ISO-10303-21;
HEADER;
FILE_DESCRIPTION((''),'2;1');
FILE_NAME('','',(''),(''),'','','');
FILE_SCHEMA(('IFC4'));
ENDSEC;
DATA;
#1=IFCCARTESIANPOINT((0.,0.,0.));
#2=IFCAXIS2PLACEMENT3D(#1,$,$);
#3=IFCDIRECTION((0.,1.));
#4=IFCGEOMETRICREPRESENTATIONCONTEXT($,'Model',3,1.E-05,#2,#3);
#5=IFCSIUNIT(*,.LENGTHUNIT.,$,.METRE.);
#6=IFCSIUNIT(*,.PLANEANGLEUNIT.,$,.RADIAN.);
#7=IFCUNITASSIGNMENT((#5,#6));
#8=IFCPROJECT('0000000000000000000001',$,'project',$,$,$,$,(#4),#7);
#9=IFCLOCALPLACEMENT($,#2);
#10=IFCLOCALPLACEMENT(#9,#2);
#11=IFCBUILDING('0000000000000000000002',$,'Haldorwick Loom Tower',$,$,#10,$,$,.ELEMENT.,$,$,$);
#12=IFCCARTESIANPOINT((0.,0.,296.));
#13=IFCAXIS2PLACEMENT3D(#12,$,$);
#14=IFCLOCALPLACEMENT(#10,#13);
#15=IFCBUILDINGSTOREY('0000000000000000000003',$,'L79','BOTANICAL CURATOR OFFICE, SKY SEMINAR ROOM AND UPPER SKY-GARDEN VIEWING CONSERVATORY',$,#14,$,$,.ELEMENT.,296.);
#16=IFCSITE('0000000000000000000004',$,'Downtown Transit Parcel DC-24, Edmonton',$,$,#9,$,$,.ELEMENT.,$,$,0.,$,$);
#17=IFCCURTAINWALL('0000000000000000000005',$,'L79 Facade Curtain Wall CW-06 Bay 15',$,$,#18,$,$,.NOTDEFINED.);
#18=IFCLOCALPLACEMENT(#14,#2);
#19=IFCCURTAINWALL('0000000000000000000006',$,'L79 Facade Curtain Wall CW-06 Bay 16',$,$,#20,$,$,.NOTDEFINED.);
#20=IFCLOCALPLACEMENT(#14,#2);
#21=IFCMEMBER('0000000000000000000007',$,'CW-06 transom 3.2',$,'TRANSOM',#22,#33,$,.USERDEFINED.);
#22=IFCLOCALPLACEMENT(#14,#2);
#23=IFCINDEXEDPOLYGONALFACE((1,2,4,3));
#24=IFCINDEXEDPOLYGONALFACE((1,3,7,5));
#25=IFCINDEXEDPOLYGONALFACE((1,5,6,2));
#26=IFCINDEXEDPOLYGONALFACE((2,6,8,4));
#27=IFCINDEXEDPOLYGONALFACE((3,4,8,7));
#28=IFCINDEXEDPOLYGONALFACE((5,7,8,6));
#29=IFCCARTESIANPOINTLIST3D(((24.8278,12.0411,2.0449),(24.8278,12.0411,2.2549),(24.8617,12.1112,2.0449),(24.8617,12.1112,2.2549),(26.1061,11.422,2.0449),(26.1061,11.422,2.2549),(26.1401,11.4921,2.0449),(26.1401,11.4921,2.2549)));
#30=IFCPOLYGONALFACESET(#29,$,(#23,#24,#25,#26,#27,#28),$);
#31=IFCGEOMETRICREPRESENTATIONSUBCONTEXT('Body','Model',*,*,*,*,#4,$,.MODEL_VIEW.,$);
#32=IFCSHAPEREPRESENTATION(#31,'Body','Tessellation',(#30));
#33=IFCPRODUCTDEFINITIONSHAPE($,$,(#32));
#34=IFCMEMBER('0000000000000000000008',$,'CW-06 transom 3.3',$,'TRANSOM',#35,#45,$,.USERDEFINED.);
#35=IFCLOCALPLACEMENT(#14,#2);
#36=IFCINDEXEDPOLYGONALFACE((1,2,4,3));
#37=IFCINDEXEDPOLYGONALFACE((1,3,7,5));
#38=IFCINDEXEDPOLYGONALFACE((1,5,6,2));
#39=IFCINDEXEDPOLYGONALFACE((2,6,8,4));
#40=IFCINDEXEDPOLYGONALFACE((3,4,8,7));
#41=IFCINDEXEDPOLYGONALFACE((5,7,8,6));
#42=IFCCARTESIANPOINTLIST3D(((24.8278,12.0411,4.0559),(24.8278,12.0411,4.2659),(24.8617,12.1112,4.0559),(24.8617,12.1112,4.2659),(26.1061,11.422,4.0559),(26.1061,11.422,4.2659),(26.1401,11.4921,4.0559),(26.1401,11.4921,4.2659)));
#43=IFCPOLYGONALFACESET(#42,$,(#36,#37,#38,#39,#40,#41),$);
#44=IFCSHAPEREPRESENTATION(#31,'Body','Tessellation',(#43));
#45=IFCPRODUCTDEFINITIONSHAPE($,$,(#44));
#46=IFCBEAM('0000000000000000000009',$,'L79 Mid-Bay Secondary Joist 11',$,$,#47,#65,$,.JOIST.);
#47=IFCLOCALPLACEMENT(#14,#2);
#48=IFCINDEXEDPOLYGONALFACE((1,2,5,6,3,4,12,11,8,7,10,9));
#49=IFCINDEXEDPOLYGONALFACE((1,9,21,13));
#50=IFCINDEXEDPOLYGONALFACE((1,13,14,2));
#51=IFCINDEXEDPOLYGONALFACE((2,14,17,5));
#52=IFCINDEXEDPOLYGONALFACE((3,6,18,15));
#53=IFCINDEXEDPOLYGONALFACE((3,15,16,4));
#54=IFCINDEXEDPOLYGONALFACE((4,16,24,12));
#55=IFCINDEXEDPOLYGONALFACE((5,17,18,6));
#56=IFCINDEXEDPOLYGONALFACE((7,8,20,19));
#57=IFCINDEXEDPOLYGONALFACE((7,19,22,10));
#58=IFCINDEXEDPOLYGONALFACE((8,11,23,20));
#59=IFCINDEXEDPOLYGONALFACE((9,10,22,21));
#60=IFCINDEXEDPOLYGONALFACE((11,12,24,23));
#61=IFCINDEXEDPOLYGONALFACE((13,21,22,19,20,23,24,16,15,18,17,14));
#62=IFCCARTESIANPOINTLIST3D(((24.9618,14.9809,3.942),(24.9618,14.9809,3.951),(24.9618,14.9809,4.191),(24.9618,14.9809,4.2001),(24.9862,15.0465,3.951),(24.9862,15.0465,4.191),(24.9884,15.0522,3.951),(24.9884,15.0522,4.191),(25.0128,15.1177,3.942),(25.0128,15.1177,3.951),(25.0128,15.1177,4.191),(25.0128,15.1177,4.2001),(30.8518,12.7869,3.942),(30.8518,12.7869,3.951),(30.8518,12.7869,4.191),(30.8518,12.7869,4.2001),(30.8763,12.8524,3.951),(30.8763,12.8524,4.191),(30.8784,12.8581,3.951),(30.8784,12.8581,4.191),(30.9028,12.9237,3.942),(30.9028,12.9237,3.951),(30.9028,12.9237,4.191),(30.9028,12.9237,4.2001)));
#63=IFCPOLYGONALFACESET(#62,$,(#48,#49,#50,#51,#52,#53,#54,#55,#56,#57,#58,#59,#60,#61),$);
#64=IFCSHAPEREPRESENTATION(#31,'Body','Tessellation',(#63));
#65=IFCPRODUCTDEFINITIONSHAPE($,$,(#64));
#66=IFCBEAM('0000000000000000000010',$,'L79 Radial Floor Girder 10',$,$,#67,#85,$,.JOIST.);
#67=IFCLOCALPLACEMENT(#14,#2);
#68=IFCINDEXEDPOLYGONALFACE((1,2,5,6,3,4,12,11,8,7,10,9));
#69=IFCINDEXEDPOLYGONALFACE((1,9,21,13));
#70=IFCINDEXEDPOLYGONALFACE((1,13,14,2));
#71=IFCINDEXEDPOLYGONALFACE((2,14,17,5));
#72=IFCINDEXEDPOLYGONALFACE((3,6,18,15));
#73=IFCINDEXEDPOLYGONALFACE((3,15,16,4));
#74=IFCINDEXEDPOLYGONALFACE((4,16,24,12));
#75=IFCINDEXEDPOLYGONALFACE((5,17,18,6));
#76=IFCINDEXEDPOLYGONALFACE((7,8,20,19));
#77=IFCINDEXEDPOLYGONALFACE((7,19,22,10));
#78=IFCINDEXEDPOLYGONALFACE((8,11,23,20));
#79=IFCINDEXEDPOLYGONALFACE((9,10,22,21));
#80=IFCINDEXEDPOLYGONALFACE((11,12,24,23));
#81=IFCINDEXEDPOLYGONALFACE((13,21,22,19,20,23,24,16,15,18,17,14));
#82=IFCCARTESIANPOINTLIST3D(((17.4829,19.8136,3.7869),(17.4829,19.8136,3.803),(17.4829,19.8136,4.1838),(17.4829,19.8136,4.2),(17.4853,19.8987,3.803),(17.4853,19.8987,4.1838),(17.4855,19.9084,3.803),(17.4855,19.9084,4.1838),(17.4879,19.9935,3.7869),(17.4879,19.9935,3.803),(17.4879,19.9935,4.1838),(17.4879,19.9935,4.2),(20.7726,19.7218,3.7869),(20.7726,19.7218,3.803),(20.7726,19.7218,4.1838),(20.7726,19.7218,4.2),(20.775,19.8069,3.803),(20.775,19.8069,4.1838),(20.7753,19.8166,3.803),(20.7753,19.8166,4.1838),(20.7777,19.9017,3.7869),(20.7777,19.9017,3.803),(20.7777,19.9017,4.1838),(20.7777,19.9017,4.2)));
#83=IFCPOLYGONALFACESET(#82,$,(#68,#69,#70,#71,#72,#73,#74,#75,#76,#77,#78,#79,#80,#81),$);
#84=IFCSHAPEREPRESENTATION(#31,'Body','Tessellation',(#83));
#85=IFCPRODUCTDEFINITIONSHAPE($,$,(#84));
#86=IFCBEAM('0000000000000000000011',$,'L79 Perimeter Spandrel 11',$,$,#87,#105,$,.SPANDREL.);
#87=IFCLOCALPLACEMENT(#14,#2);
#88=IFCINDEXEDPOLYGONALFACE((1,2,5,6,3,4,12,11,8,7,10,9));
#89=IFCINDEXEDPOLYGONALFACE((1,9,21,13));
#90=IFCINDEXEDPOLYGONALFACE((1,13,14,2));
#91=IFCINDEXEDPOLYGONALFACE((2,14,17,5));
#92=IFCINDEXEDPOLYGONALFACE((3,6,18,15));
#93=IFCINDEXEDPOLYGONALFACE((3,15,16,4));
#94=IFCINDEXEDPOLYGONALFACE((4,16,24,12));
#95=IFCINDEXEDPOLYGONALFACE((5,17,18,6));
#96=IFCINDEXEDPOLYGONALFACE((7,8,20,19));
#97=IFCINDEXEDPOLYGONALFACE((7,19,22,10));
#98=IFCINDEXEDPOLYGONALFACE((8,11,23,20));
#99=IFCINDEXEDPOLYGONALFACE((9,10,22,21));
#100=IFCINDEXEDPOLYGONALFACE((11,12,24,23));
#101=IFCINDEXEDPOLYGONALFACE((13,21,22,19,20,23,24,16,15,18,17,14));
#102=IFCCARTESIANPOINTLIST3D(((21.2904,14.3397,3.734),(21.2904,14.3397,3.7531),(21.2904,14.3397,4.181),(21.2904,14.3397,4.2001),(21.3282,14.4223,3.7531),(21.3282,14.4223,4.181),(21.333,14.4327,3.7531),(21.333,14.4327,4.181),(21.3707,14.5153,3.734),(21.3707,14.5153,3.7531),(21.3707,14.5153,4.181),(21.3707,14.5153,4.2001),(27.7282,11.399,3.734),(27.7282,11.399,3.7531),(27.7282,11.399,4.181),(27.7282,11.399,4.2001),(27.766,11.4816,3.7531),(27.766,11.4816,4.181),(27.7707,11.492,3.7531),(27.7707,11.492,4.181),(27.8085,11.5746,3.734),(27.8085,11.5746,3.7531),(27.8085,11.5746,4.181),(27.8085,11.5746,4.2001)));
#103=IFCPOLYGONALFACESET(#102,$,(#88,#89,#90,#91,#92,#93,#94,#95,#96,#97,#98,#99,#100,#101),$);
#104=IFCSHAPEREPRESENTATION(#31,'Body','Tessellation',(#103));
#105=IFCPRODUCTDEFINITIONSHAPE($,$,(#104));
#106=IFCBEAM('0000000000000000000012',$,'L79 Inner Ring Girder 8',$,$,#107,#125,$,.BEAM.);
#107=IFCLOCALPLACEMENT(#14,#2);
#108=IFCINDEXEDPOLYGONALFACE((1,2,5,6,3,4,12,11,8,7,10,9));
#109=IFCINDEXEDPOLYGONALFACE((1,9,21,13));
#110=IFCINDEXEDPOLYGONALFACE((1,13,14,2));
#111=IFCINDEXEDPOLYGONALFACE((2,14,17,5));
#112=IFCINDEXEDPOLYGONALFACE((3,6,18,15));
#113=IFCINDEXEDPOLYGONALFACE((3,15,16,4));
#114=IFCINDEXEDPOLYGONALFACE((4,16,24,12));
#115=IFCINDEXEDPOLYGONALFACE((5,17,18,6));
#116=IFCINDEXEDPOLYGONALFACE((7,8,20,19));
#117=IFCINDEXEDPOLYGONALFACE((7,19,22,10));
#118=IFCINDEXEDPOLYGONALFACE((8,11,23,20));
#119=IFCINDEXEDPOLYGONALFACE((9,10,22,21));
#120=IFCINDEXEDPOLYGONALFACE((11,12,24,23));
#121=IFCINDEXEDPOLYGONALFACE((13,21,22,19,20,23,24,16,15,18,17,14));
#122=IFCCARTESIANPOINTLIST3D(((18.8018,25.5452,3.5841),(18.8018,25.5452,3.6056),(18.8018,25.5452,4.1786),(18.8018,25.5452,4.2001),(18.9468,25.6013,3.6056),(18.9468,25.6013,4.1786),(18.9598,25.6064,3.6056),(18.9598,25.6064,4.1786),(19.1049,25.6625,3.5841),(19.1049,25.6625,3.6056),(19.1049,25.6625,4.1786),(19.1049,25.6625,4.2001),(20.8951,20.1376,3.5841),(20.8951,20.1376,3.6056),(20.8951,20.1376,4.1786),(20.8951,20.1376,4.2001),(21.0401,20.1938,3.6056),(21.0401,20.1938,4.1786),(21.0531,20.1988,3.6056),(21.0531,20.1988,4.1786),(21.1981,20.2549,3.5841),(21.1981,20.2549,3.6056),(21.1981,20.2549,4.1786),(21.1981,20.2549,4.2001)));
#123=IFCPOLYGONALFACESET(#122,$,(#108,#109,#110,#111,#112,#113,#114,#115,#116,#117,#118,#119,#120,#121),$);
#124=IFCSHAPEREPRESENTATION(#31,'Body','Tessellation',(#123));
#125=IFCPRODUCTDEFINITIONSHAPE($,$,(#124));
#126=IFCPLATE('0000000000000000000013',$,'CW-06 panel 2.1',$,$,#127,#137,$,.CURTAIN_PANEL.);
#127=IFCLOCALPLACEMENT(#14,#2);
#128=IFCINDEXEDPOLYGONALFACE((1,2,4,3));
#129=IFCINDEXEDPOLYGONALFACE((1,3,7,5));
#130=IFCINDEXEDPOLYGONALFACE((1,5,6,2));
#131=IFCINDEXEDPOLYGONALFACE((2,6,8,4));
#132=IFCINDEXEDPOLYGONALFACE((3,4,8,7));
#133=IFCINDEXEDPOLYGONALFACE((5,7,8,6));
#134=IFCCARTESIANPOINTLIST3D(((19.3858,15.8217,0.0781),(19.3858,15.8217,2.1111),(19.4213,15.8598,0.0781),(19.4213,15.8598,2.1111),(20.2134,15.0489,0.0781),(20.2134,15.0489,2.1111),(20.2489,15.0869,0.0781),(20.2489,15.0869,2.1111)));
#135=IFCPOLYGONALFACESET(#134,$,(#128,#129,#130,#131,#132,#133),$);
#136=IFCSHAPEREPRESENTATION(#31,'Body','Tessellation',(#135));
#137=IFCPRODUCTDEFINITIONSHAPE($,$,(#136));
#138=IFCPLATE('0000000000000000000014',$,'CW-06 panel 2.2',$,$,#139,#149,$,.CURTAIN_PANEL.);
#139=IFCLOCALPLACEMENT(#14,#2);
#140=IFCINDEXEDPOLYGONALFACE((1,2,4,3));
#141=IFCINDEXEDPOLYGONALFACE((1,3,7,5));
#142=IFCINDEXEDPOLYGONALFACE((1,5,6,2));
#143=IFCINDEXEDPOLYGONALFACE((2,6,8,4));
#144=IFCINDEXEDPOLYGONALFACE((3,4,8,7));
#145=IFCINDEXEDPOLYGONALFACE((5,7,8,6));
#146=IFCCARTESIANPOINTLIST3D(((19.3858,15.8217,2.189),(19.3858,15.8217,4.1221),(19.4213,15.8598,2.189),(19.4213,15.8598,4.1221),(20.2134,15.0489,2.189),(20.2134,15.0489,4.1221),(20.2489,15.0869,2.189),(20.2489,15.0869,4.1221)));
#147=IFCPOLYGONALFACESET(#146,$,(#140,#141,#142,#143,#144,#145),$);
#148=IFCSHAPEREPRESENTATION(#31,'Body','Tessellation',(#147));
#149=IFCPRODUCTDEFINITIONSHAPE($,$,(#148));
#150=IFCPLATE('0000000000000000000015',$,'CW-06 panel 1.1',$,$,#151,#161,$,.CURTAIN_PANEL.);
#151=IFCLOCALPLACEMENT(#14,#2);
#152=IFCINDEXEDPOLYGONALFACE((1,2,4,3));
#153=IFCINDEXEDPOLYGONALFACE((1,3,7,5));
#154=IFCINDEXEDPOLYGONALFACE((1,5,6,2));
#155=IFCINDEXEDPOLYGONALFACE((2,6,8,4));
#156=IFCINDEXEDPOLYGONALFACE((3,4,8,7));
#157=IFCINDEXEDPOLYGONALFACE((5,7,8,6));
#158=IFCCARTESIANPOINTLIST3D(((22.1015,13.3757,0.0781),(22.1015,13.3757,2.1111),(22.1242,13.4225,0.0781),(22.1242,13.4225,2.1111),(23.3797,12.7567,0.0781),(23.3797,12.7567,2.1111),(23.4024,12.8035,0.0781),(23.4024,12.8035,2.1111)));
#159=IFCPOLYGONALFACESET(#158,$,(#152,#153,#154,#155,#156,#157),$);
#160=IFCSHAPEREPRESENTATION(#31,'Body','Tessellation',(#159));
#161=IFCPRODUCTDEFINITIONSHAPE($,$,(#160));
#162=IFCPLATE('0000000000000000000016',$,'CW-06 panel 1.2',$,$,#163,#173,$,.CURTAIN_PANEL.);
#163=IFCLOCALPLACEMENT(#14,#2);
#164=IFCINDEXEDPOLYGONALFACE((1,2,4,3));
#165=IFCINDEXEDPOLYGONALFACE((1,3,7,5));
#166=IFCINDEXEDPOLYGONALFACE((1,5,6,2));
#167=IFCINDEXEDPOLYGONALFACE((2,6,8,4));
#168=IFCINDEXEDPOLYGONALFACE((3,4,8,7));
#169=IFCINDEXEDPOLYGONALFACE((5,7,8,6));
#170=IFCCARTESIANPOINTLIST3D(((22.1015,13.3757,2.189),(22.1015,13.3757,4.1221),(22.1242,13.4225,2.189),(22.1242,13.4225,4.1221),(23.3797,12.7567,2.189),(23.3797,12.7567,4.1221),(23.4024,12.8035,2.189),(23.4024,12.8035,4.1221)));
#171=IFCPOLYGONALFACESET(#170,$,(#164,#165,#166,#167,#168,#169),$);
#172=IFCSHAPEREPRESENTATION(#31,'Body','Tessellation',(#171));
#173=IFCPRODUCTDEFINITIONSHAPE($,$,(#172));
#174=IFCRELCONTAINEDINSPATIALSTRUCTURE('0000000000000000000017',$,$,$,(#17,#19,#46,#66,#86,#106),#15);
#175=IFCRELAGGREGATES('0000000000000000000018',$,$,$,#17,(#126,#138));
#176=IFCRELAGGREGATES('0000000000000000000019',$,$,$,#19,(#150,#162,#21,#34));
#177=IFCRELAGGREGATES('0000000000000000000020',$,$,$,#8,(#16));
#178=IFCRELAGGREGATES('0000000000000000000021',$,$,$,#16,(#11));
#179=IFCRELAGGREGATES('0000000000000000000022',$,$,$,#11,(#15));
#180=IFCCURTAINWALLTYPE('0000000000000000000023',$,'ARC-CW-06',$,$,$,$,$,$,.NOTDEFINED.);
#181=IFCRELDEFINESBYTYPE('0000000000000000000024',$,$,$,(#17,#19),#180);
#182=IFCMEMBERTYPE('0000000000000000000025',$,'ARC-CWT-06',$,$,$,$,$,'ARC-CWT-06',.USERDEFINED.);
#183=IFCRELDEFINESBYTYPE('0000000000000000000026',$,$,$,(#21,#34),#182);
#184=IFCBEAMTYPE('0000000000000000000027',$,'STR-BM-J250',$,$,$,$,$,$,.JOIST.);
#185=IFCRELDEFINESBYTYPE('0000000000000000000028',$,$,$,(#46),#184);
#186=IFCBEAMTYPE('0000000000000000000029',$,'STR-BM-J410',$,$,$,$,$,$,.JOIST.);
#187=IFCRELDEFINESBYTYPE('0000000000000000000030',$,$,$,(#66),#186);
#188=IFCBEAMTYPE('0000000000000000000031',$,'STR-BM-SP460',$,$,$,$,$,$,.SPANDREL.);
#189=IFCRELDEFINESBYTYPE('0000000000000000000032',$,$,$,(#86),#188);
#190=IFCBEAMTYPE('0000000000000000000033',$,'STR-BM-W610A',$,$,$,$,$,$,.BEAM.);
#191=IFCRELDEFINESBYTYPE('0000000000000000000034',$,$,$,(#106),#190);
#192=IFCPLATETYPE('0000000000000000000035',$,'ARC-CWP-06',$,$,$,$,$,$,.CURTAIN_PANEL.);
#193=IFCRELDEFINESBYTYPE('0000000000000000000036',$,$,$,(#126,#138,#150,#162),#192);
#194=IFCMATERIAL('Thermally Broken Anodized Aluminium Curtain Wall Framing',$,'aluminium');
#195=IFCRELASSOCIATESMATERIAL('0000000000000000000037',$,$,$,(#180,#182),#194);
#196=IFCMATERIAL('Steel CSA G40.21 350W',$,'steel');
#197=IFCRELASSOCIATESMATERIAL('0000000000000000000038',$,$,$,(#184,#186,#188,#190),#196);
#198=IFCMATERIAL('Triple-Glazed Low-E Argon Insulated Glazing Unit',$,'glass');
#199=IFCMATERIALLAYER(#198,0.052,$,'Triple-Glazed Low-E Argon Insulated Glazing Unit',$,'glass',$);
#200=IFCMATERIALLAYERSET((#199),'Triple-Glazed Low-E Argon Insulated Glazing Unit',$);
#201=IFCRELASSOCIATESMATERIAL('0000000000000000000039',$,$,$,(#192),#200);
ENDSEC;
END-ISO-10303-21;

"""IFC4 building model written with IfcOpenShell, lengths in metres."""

from ifc_helpers import new_model, si_unit, direction, frame, origin, origin_2d, place, context, subcontext, project, spatial, rectangle, i_section, extrude, material, layer, layer_set, material_profile, profile_set, type_object, element, aggregate, save


model = new_model("IFC4")

# Units and contexts
model_context = context("Model", 3, precision=1e-05, world=origin(), true_north=direction((0.0, 1.0)))
body_context = subcontext(model_context, "Body", "Model", "MODEL_VIEW")
ifc_project = project(units=[si_unit("LENGTHUNIT", "METRE"), si_unit("PLANEANGLEUNIT", "RADIAN")], contexts=[model_context])

# Site, building, storey
site_placement = place(None, origin())
site = spatial("IfcSite", under=ifc_project, at=site_placement, Name="Downtown Transit Parcel DC-24, Edmonton", CompositionType="ELEMENT", RefElevation=0.0)
building_placement = place(site_placement, origin())
building = spatial("IfcBuilding", under=site, at=building_placement, Name="Haldorwick Loom Tower", CompositionType="ELEMENT")
storey_placement = place(building_placement, frame((0.0, 0.0, 296.0)))
storey = spatial("IfcBuildingStorey", under=building, at=storey_placement, Name="L79", Description="BOTANICAL CURATOR OFFICE, SKY SEMINAR ROOM AND UPPER SKY-GARDEN VIEWING CONSERVATORY", CompositionType="ELEMENT", Elevation=296.0)

# Shared definitions
ifc_material_1 = material(Name="Steel CSA G40.21 350W", Category="steel")

# Curtain wall
ifc_material_2 = material(Name="Thermally Broken Anodized Aluminium Curtain Wall Framing", Category="aluminium")
curtain_wall_type = type_object("IfcCurtainWallType", Name="ARC-CW-06", PredefinedType="NOTDEFINED", material=ifc_material_2)
curtain_wall_1_placement = place(storey_placement, origin())
curtain_wall_1 = element("IfcCurtainWall", 1, at=curtain_wall_1_placement, inside=storey, type_object=curtain_wall_type, Name="L79 Facade Curtain Wall CW-06 Bay 15", PredefinedType="NOTDEFINED")

# Curtain wall, members
curtain_wall_2_placement = place(storey_placement, origin())
curtain_wall_2 = element("IfcCurtainWall", 2, at=curtain_wall_2_placement, inside=storey, type_object=curtain_wall_type, Name="L79 Facade Curtain Wall CW-06 Bay 16", PredefinedType="NOTDEFINED")
ifc_material_profile_1 = material_profile(ifc_material_2, rectangle(XDim=0.0779, YDim=0.21, at=origin_2d()), Name="ALU_TRN_78X210", Category="aluminium")
ifc_profile_set_1 = profile_set([ifc_material_profile_1], Name="Thermally Broken Anodized Aluminium Curtain Wall Framing")
member_type_1 = type_object("IfcMemberType", Name="ARC-CWT-06", ElementType="ARC-CWT-06", PredefinedType="USERDEFINED", material=ifc_profile_set_1)
member_1_placement = place(storey_placement, frame((24.8447, 12.0762, 2.1499), z_axis=(0.899994, -0.435902, 0.0), x_axis=(0.435902, 0.899994, 0.0)))
member_1 = element("IfcMember", 3, at=member_1_placement, type_object=member_type_1, Name="CW-06 transom 3.2", ObjectType="TRANSOM", PredefinedType="USERDEFINED", context=body_context, shape_type="SweptSolid", body=[
    extrude(rectangle(XDim=0.0779, YDim=0.21, at=origin_2d()), origin(), (0.0, 0.0, 1.0), 1.4204),
])
member_2_placement = place(storey_placement, frame((24.8447, 12.0762, 4.1609), z_axis=(0.899994, -0.435902, 0.0), x_axis=(0.435902, 0.899994, 0.0)))
member_2 = element("IfcMember", 4, at=member_2_placement, type_object=member_type_1, Name="CW-06 transom 3.3", ObjectType="TRANSOM", PredefinedType="USERDEFINED", context=body_context, shape_type="SweptSolid", body=[
    extrude(rectangle(XDim=0.0779, YDim=0.21, at=origin_2d()), origin(), (0.0, 0.0, 1.0), 1.4204),
])

# Beams
ifc_material_profile_2 = material_profile(ifc_material_1, i_section(OverallWidth=0.146, OverallDepth=0.2581, WebThickness=0.0061, FlangeThickness=0.009, at=origin_2d()), Name="W250X33", Category="steel")
ifc_profile_set_2 = profile_set([ifc_material_profile_2], Name="Steel CSA G40.21 350W")
beam_type_1 = type_object("IfcBeamType", Name="STR-BM-J250", PredefinedType="JOIST", material=ifc_profile_set_2)
beam_1_placement = place(storey_placement, frame((24.9873, 15.0493, 4.071), z_axis=(0.937096, -0.349071, 0.0), x_axis=(0.349071, 0.937096, 0.0)))
element("IfcBeam", 5, at=beam_1_placement, inside=storey, type_object=beam_type_1, Name="L79 Mid-Bay Secondary Joist 11", PredefinedType="JOIST", context=body_context, shape_type="SweptSolid", body=[
    extrude(i_section(OverallWidth=0.146, OverallDepth=0.2581, WebThickness=0.0061, FlangeThickness=0.009, at=origin_2d()), origin(), (0.0, 0.0, 1.0), 6.2854),
])
ifc_material_profile_3 = material_profile(ifc_material_1, i_section(OverallWidth=0.1799, OverallDepth=0.4131, WebThickness=0.0098, FlangeThickness=0.0161, at=origin_2d()), Name="W410X74", Category="steel")
ifc_profile_set_3 = profile_set([ifc_material_profile_3], Name="Steel CSA G40.21 350W")
beam_type_2 = type_object("IfcBeamType", Name="STR-BM-J410", PredefinedType="JOIST", material=ifc_profile_set_3)
beam_2_placement = place(storey_placement, frame((20.7751, 19.8118, 3.9934), z_axis=(-0.999611, 0.027893, 0.0), x_axis=(-0.027893, -0.999611, 0.0)))
element("IfcBeam", 6, at=beam_2_placement, inside=storey, type_object=beam_type_2, Name="L79 Radial Floor Girder 10", PredefinedType="JOIST", context=body_context, shape_type="SweptSolid", body=[
    extrude(i_section(OverallWidth=0.1799, OverallDepth=0.4131, WebThickness=0.0098, FlangeThickness=0.0161, at=origin_2d()), origin(), (0.0, 0.0, 1.0), 3.291),
])
ifc_material_profile_4 = material_profile(ifc_material_1, i_section(OverallWidth=0.1931, OverallDepth=0.4661, WebThickness=0.0115, FlangeThickness=0.019, at=origin_2d()), Name="W460X97", Category="steel")
ifc_profile_set_4 = profile_set([ifc_material_profile_4], Name="Steel CSA G40.21 350W")
beam_type_3 = type_object("IfcBeamType", Name="STR-BM-SP460", PredefinedType="SPANDREL", material=ifc_profile_set_4)
beam_3_placement = place(storey_placement, frame((21.3306, 14.4275, 3.967), z_axis=(0.909597, -0.415492, 0.0), x_axis=(0.415492, 0.909597, 0.0)))
element("IfcBeam", 7, at=beam_3_placement, inside=storey, type_object=beam_type_3, Name="L79 Perimeter Spandrel 11", PredefinedType="SPANDREL", context=body_context, shape_type="SweptSolid", body=[
    extrude(i_section(OverallWidth=0.1931, OverallDepth=0.4661, WebThickness=0.0115, FlangeThickness=0.019, at=origin_2d()), origin(), (0.0, 0.0, 1.0), 7.0776),
])
ifc_material_profile_5 = material_profile(ifc_material_1, i_section(OverallWidth=0.325, OverallDepth=0.616, WebThickness=0.0139, FlangeThickness=0.0215, at=origin_2d()), Name="W610X174", Category="steel")
ifc_profile_set_5 = profile_set([ifc_material_profile_5], Name="Steel CSA G40.21 350W")
beam_type_4 = type_object("IfcBeamType", Name="STR-BM-W610A", PredefinedType="BEAM", material=ifc_profile_set_5)
beam_4_placement = place(storey_placement, frame((21.0466, 20.1963, 3.8921), z_axis=(-0.361001, 0.932565, 0.0), x_axis=(-0.932565, -0.361001, 0.0)))
element("IfcBeam", 8, at=beam_4_placement, inside=storey, type_object=beam_type_4, Name="L79 Inner Ring Girder 8", PredefinedType="BEAM", context=body_context, shape_type="SweptSolid", body=[
    extrude(i_section(OverallWidth=0.325, OverallDepth=0.616, WebThickness=0.0139, FlangeThickness=0.0215, at=origin_2d()), origin(), (0.0, 0.0, 1.0), 5.7986),
])

# Plates
ifc_material_3 = material(Name="Triple-Glazed Low-E Argon Insulated Glazing Unit", Category="glass")
ifc_layer = layer(ifc_material_3, 0.052, Name="Triple-Glazed Low-E Argon Insulated Glazing Unit", Category="glass")
ifc_layer_set = layer_set([ifc_layer], Name="Triple-Glazed Low-E Argon Insulated Glazing Unit")
plate_type = type_object("IfcPlateType", Name="ARC-CWP-06", PredefinedType="CURTAIN_PANEL", material=ifc_layer_set)
plate_1_placement = place(storey_placement, frame((19.8174, 15.4543, 0.0781), z_axis=(0.0, 0.0, 1.0), x_axis=(0.730886, -0.682499, 0.0)))
plate_1 = element("IfcPlate", 9, at=plate_1_placement, type_object=plate_type, Name="CW-06 panel 2.1", PredefinedType="CURTAIN_PANEL", context=body_context, shape_type="SweptSolid", body=[
    extrude(rectangle(XDim=1.1323, YDim=0.052, at=origin_2d()), origin(), (0.0, 0.0, 1.0), 2.033),
])
plate_2_placement = place(storey_placement, frame((19.8174, 15.4543, 2.189), z_axis=(0.0, 0.0, 1.0), x_axis=(0.730886, -0.682499, 0.0)))
plate_2 = element("IfcPlate", 10, at=plate_2_placement, type_object=plate_type, Name="CW-06 panel 2.2", PredefinedType="CURTAIN_PANEL", context=body_context, shape_type="SweptSolid", body=[
    extrude(rectangle(XDim=1.1323, YDim=0.052, at=origin_2d()), origin(), (0.0, 0.0, 1.0), 1.9331),
])
aggregate(curtain_wall_1, [plate_1, plate_2])
plate_3_placement = place(storey_placement, frame((22.752, 13.0896, 0.0781), z_axis=(0.0, 0.0, 1.0), x_axis=(0.900032, -0.435824, 0.0)))
plate_3 = element("IfcPlate", 11, at=plate_3_placement, type_object=plate_type, Name="CW-06 panel 1.1", PredefinedType="CURTAIN_PANEL", context=body_context, shape_type="SweptSolid", body=[
    extrude(rectangle(XDim=1.4202, YDim=0.052, at=origin_2d()), origin(), (0.0, 0.0, 1.0), 2.033),
])
plate_4_placement = place(storey_placement, frame((22.752, 13.0896, 2.189), z_axis=(0.0, 0.0, 1.0), x_axis=(0.900032, -0.435824, 0.0)))
plate_4 = element("IfcPlate", 12, at=plate_4_placement, type_object=plate_type, Name="CW-06 panel 1.2", PredefinedType="CURTAIN_PANEL", context=body_context, shape_type="SweptSolid", body=[
    extrude(rectangle(XDim=1.4202, YDim=0.052, at=origin_2d()), origin(), (0.0, 0.0, 1.0), 1.9331),
])
aggregate(curtain_wall_2, [plate_3, plate_4, member_1, member_2])

save(model, "model.ifc")
